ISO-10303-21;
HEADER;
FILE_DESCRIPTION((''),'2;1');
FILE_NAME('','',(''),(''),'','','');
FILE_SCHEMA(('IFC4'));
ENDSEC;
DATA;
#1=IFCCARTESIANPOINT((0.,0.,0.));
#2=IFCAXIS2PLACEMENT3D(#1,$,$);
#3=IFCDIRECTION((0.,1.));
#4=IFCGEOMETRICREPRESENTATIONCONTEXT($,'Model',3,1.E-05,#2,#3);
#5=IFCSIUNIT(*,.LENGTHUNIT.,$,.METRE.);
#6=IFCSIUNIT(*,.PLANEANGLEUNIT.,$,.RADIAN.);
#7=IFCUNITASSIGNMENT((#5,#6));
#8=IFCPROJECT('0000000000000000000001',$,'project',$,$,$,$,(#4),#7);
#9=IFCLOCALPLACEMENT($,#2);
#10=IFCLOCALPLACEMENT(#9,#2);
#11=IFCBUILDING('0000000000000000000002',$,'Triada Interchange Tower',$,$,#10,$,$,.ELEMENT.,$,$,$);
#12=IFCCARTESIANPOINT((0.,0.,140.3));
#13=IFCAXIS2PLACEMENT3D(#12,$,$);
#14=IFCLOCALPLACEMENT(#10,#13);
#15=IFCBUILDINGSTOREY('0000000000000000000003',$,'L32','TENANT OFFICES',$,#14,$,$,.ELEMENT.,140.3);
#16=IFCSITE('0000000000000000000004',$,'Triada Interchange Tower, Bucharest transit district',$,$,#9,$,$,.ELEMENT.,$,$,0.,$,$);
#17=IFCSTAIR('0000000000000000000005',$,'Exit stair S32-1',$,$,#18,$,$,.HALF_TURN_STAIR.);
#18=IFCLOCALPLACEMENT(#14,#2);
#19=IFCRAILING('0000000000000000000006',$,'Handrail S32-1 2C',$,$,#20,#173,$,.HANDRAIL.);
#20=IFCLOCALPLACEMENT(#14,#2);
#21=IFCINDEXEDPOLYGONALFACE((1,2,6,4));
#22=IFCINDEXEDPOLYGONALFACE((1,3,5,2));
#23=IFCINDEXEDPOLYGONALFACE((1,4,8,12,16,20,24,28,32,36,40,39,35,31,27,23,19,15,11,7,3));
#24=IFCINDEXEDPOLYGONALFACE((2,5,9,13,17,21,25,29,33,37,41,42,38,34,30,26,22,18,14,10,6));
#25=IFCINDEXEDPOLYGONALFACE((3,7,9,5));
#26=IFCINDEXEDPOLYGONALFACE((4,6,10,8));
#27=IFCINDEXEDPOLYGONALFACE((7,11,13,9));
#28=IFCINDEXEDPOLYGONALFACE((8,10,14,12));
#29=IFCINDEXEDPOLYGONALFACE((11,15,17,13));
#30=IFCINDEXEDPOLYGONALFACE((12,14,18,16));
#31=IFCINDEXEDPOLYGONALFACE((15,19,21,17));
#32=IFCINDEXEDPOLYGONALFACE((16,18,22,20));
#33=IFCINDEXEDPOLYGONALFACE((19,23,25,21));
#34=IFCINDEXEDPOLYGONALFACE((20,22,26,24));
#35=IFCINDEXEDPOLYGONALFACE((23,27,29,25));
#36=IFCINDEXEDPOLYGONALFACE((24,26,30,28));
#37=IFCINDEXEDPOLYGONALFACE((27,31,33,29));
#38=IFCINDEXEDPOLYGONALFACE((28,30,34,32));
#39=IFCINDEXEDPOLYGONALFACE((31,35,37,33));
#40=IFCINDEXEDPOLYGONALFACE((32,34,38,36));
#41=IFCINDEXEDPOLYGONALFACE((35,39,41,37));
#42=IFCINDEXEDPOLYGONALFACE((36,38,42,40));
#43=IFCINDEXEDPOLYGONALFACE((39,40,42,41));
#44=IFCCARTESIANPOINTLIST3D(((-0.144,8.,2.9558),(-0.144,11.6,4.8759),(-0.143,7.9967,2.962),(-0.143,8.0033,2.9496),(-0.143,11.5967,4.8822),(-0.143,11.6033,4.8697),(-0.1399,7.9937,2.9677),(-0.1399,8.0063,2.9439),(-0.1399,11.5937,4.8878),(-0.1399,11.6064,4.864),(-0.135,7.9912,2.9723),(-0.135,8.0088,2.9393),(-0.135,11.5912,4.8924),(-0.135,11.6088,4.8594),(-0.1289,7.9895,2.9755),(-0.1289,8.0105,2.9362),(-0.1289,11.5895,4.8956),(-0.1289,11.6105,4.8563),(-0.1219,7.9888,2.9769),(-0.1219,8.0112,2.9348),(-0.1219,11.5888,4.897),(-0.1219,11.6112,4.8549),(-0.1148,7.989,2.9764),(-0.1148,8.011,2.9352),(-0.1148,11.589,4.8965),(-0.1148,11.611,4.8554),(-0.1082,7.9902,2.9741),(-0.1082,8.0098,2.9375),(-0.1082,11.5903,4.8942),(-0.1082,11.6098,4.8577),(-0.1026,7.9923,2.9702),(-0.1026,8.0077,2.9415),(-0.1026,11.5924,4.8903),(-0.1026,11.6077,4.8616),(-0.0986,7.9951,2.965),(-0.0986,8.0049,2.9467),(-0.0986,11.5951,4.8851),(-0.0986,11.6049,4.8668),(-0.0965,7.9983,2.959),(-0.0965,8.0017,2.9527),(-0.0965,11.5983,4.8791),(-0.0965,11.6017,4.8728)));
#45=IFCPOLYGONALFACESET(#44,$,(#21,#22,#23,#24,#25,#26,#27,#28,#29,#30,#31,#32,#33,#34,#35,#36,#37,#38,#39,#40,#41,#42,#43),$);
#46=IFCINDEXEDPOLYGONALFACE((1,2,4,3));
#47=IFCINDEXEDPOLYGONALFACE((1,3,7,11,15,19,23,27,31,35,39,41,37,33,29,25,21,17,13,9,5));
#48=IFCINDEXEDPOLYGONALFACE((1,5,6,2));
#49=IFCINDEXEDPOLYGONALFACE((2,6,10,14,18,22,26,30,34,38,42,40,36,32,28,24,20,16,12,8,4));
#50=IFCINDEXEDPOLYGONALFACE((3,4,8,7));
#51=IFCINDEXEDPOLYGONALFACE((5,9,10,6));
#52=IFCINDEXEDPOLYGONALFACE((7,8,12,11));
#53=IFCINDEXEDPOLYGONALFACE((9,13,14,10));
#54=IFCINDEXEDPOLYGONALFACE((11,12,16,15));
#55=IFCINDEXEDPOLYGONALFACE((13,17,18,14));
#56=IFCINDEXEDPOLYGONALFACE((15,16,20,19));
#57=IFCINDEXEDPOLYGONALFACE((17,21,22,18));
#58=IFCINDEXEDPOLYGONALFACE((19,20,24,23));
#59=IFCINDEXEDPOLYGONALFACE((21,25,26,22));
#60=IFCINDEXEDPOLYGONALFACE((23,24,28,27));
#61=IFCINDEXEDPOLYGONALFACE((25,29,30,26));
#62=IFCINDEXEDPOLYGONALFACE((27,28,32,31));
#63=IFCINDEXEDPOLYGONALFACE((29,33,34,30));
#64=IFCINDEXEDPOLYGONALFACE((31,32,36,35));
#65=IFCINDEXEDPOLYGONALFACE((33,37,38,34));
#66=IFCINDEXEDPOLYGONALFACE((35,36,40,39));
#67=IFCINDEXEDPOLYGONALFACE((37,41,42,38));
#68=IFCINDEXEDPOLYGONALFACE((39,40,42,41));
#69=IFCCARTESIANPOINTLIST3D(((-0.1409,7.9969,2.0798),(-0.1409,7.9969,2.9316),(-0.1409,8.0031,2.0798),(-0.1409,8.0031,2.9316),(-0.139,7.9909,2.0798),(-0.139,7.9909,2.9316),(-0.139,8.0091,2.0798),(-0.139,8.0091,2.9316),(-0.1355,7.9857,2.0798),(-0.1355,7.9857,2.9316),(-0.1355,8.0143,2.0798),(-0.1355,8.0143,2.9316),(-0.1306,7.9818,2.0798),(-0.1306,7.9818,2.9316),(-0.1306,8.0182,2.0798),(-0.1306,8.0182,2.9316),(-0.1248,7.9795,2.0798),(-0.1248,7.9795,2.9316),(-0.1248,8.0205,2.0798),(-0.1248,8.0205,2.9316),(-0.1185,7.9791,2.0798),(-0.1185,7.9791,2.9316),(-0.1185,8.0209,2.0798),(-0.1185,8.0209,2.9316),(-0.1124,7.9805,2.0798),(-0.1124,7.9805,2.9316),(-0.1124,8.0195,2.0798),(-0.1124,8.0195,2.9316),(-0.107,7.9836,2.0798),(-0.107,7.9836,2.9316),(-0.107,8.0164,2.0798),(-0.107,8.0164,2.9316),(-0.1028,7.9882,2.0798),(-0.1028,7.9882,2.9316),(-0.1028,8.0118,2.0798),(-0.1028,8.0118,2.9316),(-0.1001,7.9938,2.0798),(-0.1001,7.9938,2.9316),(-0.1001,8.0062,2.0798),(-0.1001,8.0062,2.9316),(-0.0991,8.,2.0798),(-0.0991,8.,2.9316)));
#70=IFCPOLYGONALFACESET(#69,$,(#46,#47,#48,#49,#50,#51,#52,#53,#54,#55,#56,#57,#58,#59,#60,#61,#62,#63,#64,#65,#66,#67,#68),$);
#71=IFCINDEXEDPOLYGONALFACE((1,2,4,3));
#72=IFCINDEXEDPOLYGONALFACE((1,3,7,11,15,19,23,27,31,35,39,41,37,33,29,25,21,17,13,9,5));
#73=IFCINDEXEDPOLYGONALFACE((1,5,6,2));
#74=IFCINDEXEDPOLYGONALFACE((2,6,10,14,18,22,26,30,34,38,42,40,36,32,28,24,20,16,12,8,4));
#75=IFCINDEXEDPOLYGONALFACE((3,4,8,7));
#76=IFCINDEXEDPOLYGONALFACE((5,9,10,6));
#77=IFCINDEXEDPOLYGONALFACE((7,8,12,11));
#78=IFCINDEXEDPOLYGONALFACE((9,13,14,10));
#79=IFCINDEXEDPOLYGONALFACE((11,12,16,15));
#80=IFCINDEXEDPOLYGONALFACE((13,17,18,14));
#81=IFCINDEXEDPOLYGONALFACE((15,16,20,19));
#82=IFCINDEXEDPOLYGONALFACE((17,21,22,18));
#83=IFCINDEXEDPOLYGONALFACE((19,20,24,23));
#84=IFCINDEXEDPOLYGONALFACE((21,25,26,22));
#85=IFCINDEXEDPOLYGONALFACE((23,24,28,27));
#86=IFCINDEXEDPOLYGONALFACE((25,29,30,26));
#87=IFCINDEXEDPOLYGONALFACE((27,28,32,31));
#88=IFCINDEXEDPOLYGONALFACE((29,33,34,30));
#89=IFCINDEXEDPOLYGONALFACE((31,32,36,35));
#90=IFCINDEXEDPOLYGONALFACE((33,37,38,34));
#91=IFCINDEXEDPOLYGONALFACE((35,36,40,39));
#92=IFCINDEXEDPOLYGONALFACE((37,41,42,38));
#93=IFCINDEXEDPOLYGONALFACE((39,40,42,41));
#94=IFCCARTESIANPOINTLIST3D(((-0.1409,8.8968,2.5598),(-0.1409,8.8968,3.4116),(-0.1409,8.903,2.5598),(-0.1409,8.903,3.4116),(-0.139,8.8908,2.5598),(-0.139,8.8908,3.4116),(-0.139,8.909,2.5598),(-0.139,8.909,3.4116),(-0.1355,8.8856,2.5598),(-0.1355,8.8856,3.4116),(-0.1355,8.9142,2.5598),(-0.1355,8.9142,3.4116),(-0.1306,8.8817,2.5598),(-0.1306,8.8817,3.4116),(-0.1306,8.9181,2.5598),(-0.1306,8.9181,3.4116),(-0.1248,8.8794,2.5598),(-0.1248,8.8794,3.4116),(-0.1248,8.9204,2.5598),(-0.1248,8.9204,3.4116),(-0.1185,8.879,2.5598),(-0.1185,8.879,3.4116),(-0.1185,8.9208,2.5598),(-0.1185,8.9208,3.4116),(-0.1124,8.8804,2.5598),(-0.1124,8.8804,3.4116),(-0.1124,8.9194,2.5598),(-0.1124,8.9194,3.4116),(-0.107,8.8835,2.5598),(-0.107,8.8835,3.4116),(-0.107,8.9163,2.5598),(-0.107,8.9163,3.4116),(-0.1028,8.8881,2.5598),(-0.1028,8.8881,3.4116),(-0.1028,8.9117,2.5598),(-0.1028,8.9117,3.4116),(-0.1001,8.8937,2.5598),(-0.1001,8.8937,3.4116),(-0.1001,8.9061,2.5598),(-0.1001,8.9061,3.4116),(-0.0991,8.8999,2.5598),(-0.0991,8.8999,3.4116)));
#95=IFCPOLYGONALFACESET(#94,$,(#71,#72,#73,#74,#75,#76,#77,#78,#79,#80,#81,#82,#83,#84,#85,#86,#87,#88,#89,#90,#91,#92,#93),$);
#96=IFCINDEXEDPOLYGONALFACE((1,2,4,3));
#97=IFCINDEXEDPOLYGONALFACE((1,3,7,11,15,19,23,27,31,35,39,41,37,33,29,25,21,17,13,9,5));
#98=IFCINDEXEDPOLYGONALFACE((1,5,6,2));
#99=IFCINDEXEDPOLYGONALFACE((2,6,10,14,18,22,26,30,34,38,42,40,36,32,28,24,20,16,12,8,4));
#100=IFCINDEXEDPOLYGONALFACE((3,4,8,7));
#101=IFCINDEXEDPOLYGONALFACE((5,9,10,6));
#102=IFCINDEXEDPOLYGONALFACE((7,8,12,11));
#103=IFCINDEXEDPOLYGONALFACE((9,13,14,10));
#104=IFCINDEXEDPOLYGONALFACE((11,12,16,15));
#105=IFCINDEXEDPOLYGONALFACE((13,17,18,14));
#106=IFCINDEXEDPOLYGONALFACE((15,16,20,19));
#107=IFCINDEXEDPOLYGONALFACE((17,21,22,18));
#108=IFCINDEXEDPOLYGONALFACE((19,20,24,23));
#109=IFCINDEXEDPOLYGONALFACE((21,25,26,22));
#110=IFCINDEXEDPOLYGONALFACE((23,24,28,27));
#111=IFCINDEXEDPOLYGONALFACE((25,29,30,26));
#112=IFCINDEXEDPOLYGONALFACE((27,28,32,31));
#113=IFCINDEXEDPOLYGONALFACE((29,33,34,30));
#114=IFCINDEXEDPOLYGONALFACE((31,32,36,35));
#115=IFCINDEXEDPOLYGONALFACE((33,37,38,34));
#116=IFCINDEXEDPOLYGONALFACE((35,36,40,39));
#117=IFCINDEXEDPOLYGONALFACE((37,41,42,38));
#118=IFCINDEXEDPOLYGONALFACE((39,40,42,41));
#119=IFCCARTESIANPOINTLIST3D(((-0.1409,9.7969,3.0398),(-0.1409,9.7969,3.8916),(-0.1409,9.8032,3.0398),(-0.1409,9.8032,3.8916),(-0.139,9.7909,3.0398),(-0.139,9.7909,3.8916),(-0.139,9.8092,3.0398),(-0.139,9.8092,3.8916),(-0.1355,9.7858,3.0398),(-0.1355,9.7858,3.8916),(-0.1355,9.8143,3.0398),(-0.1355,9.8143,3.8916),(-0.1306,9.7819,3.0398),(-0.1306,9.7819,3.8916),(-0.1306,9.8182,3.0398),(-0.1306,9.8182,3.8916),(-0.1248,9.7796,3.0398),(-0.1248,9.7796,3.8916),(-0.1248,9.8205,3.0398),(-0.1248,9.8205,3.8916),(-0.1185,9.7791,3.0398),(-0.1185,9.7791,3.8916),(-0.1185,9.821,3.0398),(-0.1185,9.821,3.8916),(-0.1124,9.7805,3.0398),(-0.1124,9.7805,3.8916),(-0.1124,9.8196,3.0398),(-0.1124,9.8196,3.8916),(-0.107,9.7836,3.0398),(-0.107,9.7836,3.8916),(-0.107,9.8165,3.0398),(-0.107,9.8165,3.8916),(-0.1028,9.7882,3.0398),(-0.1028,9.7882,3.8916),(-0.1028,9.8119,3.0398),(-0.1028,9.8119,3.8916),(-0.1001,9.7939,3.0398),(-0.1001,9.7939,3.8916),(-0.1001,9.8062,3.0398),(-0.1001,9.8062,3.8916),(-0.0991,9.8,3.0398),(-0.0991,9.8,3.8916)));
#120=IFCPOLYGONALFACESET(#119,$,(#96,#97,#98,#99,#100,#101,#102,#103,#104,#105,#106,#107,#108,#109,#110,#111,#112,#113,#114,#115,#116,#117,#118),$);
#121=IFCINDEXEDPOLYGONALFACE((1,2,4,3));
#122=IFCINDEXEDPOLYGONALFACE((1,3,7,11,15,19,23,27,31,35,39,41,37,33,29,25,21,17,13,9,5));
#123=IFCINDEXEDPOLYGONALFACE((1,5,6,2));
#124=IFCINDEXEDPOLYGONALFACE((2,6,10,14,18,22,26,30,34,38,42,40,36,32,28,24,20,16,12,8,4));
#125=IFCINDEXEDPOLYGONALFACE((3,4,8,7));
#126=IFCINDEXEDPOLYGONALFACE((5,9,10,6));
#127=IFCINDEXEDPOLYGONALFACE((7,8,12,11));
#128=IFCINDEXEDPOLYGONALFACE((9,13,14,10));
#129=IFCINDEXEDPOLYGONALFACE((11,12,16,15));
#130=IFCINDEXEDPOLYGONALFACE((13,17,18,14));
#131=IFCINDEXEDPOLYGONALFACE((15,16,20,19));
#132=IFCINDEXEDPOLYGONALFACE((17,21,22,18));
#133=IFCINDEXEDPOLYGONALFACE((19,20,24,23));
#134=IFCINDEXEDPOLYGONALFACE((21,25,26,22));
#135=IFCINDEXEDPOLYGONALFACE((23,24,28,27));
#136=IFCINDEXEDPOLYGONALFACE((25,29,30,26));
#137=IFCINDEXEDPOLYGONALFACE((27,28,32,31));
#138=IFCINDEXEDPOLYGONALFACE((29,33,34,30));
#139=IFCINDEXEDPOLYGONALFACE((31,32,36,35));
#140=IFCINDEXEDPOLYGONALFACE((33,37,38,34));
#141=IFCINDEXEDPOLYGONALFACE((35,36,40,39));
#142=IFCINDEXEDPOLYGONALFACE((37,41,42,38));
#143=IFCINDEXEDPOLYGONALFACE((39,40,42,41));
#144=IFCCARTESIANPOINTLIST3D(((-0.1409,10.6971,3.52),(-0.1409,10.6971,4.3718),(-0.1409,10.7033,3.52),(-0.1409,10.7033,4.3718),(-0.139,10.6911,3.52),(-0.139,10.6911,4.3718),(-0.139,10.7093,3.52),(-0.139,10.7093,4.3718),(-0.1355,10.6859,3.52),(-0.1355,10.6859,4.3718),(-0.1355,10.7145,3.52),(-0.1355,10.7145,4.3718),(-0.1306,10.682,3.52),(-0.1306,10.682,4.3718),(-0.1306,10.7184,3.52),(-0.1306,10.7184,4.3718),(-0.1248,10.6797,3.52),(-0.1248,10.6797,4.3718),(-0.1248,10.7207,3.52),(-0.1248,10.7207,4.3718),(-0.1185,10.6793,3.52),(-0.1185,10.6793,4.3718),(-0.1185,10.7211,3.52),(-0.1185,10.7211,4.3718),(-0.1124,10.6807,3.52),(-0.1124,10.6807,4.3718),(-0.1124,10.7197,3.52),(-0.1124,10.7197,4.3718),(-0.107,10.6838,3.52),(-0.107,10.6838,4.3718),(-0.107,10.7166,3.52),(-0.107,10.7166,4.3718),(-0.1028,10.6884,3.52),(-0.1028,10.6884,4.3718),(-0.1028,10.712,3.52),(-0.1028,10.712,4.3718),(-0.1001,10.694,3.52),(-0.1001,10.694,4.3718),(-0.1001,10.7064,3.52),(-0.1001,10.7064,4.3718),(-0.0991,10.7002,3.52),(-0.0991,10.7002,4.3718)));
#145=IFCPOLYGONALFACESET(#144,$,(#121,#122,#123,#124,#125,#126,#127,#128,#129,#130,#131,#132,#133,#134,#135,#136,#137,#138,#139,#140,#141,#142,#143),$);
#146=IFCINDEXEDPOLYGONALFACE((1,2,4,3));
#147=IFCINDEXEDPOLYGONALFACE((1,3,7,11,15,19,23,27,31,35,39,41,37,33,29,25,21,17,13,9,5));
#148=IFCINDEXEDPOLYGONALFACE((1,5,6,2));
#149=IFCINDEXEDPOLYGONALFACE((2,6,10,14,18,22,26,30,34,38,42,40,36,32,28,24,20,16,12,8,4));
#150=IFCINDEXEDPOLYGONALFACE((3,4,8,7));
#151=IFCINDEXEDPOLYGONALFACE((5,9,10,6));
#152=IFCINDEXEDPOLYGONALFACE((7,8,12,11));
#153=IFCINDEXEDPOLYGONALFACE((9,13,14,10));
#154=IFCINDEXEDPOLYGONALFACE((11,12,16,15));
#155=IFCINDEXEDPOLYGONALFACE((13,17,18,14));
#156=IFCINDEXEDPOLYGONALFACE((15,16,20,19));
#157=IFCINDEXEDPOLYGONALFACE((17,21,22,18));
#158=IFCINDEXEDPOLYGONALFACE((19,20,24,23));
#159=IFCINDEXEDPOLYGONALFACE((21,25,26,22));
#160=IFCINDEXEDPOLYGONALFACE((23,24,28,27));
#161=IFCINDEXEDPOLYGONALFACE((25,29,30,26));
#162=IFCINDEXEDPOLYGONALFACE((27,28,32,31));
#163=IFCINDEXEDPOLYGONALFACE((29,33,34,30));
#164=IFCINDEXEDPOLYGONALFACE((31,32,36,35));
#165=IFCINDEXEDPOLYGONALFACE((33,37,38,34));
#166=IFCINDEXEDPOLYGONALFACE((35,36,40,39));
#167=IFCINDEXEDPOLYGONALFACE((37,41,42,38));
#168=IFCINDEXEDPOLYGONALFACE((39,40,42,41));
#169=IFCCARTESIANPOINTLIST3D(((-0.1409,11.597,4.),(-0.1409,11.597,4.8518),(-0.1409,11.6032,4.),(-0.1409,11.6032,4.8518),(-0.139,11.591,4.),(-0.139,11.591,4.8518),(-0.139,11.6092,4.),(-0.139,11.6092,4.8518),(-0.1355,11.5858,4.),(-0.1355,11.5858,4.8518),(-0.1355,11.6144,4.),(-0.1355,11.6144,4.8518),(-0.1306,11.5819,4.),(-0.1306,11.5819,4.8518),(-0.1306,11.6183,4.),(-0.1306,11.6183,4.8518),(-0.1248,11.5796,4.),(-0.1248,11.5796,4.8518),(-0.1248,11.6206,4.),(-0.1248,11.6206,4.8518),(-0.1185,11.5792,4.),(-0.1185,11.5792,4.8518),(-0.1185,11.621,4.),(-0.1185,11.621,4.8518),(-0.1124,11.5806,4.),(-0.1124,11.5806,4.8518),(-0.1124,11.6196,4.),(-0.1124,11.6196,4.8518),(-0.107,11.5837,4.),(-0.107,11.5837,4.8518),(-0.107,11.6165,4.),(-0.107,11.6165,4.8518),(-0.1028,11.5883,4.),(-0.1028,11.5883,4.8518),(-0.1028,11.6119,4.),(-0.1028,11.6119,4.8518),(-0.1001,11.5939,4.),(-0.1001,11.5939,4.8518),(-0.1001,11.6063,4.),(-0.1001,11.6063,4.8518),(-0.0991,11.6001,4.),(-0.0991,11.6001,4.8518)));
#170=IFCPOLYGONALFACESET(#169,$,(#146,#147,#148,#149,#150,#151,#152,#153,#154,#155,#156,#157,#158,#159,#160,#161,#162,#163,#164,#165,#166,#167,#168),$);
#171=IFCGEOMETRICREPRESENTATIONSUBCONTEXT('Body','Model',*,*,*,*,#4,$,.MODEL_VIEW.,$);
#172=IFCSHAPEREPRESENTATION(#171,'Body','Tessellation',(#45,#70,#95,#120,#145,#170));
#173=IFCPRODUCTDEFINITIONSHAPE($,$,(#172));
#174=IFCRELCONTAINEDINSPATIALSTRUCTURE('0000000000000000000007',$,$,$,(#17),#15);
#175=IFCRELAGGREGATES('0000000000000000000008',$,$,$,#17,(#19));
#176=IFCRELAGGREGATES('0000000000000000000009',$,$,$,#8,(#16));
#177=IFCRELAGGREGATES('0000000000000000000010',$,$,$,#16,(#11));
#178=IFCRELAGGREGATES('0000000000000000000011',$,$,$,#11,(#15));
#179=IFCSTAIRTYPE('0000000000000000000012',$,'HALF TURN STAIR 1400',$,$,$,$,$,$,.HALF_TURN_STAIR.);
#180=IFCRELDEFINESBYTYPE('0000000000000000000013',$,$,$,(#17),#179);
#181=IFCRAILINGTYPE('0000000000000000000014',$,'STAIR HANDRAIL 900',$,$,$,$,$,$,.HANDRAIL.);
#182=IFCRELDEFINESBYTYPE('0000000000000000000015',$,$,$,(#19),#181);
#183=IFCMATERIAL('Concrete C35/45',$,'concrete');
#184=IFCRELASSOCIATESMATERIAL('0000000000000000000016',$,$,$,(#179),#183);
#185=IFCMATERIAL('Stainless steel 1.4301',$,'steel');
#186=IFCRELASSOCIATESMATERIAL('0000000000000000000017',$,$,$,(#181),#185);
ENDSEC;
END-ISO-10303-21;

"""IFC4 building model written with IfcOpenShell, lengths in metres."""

from ifc_helpers import new_model, si_unit, direction, frame, origin, origin_2d, place, context, subcontext, project, spatial, circle, extrude, material, type_object, element, aggregate, save


model = new_model("IFC4")

# Units and contexts
model_context = context("Model", 3, precision=1e-05, world=origin(), true_north=direction((0.0, 1.0)))
body_context = subcontext(model_context, "Body", "Model", "MODEL_VIEW")
ifc_project = project(units=[si_unit("LENGTHUNIT", "METRE"), si_unit("PLANEANGLEUNIT", "RADIAN")], contexts=[model_context])

# Site, building, storey
site_placement = place(None, origin())
site = spatial("IfcSite", under=ifc_project, at=site_placement, Name="Triada Interchange Tower, Bucharest transit district", CompositionType="ELEMENT", RefElevation=0.0)
building_placement = place(site_placement, origin())
building = spatial("IfcBuilding", under=site, at=building_placement, Name="Triada Interchange Tower", CompositionType="ELEMENT")
storey_placement = place(building_placement, frame((0.0, 0.0, 140.3)))
storey = spatial("IfcBuildingStorey", under=building, at=storey_placement, Name="L32", Description="TENANT OFFICES", CompositionType="ELEMENT", Elevation=140.3)

# Stair, railing
ifc_material_1 = material(Name="Concrete C35/45", Category="concrete")
stair_type = type_object("IfcStairType", Name="HALF TURN STAIR 1400", PredefinedType="HALF_TURN_STAIR", material=ifc_material_1)
stair_placement = place(storey_placement, origin())
stair = element("IfcStair", 1, at=stair_placement, inside=storey, type_object=stair_type, Name="Exit stair S32-1", PredefinedType="HALF_TURN_STAIR")
ifc_material_2 = material(Name="Stainless steel 1.4301", Category="steel")
railing_type = type_object("IfcRailingType", Name="STAIR HANDRAIL 900", PredefinedType="HANDRAIL", material=ifc_material_2)
railing_1_placement = place(storey_placement, frame((-0.1201, 8.0, 2.0798)))
railing_1 = element("IfcRailing", 2, at=railing_1_placement, type_object=railing_type, Name="Handrail S32-1 2C", PredefinedType="HANDRAIL", context=body_context, shape_type="SweptSolid", body=[
    extrude(circle(Radius=0.0239, at=origin_2d()), frame((0.0, 0.0, 0.876), z_axis=(0.0, 0.882341, 0.47061), x_axis=(-1.0, 0.0, 0.0)), (0.0, 0.0, 1.0), 4.0801),
    extrude(circle(Radius=0.021, at=origin_2d()), origin(), (0.0, 0.0, 1.0), 0.8518),
    extrude(circle(Radius=0.021, at=origin_2d()), frame((0.0, 0.8999, 0.48)), (0.0, 0.0, 1.0), 0.8518),
    extrude(circle(Radius=0.021, at=origin_2d()), frame((0.0, 1.8, 0.96)), (0.0, 0.0, 1.0), 0.8518),
    extrude(circle(Radius=0.021, at=origin_2d()), frame((0.0, 2.7002, 1.4402)), (0.0, 0.0, 1.0), 0.8518),
    extrude(circle(Radius=0.021, at=origin_2d()), frame((0.0, 3.6001, 1.9202)), (0.0, 0.0, 1.0), 0.8518),
])
aggregate(stair, [railing_1])

save(model, "model.ifc")
